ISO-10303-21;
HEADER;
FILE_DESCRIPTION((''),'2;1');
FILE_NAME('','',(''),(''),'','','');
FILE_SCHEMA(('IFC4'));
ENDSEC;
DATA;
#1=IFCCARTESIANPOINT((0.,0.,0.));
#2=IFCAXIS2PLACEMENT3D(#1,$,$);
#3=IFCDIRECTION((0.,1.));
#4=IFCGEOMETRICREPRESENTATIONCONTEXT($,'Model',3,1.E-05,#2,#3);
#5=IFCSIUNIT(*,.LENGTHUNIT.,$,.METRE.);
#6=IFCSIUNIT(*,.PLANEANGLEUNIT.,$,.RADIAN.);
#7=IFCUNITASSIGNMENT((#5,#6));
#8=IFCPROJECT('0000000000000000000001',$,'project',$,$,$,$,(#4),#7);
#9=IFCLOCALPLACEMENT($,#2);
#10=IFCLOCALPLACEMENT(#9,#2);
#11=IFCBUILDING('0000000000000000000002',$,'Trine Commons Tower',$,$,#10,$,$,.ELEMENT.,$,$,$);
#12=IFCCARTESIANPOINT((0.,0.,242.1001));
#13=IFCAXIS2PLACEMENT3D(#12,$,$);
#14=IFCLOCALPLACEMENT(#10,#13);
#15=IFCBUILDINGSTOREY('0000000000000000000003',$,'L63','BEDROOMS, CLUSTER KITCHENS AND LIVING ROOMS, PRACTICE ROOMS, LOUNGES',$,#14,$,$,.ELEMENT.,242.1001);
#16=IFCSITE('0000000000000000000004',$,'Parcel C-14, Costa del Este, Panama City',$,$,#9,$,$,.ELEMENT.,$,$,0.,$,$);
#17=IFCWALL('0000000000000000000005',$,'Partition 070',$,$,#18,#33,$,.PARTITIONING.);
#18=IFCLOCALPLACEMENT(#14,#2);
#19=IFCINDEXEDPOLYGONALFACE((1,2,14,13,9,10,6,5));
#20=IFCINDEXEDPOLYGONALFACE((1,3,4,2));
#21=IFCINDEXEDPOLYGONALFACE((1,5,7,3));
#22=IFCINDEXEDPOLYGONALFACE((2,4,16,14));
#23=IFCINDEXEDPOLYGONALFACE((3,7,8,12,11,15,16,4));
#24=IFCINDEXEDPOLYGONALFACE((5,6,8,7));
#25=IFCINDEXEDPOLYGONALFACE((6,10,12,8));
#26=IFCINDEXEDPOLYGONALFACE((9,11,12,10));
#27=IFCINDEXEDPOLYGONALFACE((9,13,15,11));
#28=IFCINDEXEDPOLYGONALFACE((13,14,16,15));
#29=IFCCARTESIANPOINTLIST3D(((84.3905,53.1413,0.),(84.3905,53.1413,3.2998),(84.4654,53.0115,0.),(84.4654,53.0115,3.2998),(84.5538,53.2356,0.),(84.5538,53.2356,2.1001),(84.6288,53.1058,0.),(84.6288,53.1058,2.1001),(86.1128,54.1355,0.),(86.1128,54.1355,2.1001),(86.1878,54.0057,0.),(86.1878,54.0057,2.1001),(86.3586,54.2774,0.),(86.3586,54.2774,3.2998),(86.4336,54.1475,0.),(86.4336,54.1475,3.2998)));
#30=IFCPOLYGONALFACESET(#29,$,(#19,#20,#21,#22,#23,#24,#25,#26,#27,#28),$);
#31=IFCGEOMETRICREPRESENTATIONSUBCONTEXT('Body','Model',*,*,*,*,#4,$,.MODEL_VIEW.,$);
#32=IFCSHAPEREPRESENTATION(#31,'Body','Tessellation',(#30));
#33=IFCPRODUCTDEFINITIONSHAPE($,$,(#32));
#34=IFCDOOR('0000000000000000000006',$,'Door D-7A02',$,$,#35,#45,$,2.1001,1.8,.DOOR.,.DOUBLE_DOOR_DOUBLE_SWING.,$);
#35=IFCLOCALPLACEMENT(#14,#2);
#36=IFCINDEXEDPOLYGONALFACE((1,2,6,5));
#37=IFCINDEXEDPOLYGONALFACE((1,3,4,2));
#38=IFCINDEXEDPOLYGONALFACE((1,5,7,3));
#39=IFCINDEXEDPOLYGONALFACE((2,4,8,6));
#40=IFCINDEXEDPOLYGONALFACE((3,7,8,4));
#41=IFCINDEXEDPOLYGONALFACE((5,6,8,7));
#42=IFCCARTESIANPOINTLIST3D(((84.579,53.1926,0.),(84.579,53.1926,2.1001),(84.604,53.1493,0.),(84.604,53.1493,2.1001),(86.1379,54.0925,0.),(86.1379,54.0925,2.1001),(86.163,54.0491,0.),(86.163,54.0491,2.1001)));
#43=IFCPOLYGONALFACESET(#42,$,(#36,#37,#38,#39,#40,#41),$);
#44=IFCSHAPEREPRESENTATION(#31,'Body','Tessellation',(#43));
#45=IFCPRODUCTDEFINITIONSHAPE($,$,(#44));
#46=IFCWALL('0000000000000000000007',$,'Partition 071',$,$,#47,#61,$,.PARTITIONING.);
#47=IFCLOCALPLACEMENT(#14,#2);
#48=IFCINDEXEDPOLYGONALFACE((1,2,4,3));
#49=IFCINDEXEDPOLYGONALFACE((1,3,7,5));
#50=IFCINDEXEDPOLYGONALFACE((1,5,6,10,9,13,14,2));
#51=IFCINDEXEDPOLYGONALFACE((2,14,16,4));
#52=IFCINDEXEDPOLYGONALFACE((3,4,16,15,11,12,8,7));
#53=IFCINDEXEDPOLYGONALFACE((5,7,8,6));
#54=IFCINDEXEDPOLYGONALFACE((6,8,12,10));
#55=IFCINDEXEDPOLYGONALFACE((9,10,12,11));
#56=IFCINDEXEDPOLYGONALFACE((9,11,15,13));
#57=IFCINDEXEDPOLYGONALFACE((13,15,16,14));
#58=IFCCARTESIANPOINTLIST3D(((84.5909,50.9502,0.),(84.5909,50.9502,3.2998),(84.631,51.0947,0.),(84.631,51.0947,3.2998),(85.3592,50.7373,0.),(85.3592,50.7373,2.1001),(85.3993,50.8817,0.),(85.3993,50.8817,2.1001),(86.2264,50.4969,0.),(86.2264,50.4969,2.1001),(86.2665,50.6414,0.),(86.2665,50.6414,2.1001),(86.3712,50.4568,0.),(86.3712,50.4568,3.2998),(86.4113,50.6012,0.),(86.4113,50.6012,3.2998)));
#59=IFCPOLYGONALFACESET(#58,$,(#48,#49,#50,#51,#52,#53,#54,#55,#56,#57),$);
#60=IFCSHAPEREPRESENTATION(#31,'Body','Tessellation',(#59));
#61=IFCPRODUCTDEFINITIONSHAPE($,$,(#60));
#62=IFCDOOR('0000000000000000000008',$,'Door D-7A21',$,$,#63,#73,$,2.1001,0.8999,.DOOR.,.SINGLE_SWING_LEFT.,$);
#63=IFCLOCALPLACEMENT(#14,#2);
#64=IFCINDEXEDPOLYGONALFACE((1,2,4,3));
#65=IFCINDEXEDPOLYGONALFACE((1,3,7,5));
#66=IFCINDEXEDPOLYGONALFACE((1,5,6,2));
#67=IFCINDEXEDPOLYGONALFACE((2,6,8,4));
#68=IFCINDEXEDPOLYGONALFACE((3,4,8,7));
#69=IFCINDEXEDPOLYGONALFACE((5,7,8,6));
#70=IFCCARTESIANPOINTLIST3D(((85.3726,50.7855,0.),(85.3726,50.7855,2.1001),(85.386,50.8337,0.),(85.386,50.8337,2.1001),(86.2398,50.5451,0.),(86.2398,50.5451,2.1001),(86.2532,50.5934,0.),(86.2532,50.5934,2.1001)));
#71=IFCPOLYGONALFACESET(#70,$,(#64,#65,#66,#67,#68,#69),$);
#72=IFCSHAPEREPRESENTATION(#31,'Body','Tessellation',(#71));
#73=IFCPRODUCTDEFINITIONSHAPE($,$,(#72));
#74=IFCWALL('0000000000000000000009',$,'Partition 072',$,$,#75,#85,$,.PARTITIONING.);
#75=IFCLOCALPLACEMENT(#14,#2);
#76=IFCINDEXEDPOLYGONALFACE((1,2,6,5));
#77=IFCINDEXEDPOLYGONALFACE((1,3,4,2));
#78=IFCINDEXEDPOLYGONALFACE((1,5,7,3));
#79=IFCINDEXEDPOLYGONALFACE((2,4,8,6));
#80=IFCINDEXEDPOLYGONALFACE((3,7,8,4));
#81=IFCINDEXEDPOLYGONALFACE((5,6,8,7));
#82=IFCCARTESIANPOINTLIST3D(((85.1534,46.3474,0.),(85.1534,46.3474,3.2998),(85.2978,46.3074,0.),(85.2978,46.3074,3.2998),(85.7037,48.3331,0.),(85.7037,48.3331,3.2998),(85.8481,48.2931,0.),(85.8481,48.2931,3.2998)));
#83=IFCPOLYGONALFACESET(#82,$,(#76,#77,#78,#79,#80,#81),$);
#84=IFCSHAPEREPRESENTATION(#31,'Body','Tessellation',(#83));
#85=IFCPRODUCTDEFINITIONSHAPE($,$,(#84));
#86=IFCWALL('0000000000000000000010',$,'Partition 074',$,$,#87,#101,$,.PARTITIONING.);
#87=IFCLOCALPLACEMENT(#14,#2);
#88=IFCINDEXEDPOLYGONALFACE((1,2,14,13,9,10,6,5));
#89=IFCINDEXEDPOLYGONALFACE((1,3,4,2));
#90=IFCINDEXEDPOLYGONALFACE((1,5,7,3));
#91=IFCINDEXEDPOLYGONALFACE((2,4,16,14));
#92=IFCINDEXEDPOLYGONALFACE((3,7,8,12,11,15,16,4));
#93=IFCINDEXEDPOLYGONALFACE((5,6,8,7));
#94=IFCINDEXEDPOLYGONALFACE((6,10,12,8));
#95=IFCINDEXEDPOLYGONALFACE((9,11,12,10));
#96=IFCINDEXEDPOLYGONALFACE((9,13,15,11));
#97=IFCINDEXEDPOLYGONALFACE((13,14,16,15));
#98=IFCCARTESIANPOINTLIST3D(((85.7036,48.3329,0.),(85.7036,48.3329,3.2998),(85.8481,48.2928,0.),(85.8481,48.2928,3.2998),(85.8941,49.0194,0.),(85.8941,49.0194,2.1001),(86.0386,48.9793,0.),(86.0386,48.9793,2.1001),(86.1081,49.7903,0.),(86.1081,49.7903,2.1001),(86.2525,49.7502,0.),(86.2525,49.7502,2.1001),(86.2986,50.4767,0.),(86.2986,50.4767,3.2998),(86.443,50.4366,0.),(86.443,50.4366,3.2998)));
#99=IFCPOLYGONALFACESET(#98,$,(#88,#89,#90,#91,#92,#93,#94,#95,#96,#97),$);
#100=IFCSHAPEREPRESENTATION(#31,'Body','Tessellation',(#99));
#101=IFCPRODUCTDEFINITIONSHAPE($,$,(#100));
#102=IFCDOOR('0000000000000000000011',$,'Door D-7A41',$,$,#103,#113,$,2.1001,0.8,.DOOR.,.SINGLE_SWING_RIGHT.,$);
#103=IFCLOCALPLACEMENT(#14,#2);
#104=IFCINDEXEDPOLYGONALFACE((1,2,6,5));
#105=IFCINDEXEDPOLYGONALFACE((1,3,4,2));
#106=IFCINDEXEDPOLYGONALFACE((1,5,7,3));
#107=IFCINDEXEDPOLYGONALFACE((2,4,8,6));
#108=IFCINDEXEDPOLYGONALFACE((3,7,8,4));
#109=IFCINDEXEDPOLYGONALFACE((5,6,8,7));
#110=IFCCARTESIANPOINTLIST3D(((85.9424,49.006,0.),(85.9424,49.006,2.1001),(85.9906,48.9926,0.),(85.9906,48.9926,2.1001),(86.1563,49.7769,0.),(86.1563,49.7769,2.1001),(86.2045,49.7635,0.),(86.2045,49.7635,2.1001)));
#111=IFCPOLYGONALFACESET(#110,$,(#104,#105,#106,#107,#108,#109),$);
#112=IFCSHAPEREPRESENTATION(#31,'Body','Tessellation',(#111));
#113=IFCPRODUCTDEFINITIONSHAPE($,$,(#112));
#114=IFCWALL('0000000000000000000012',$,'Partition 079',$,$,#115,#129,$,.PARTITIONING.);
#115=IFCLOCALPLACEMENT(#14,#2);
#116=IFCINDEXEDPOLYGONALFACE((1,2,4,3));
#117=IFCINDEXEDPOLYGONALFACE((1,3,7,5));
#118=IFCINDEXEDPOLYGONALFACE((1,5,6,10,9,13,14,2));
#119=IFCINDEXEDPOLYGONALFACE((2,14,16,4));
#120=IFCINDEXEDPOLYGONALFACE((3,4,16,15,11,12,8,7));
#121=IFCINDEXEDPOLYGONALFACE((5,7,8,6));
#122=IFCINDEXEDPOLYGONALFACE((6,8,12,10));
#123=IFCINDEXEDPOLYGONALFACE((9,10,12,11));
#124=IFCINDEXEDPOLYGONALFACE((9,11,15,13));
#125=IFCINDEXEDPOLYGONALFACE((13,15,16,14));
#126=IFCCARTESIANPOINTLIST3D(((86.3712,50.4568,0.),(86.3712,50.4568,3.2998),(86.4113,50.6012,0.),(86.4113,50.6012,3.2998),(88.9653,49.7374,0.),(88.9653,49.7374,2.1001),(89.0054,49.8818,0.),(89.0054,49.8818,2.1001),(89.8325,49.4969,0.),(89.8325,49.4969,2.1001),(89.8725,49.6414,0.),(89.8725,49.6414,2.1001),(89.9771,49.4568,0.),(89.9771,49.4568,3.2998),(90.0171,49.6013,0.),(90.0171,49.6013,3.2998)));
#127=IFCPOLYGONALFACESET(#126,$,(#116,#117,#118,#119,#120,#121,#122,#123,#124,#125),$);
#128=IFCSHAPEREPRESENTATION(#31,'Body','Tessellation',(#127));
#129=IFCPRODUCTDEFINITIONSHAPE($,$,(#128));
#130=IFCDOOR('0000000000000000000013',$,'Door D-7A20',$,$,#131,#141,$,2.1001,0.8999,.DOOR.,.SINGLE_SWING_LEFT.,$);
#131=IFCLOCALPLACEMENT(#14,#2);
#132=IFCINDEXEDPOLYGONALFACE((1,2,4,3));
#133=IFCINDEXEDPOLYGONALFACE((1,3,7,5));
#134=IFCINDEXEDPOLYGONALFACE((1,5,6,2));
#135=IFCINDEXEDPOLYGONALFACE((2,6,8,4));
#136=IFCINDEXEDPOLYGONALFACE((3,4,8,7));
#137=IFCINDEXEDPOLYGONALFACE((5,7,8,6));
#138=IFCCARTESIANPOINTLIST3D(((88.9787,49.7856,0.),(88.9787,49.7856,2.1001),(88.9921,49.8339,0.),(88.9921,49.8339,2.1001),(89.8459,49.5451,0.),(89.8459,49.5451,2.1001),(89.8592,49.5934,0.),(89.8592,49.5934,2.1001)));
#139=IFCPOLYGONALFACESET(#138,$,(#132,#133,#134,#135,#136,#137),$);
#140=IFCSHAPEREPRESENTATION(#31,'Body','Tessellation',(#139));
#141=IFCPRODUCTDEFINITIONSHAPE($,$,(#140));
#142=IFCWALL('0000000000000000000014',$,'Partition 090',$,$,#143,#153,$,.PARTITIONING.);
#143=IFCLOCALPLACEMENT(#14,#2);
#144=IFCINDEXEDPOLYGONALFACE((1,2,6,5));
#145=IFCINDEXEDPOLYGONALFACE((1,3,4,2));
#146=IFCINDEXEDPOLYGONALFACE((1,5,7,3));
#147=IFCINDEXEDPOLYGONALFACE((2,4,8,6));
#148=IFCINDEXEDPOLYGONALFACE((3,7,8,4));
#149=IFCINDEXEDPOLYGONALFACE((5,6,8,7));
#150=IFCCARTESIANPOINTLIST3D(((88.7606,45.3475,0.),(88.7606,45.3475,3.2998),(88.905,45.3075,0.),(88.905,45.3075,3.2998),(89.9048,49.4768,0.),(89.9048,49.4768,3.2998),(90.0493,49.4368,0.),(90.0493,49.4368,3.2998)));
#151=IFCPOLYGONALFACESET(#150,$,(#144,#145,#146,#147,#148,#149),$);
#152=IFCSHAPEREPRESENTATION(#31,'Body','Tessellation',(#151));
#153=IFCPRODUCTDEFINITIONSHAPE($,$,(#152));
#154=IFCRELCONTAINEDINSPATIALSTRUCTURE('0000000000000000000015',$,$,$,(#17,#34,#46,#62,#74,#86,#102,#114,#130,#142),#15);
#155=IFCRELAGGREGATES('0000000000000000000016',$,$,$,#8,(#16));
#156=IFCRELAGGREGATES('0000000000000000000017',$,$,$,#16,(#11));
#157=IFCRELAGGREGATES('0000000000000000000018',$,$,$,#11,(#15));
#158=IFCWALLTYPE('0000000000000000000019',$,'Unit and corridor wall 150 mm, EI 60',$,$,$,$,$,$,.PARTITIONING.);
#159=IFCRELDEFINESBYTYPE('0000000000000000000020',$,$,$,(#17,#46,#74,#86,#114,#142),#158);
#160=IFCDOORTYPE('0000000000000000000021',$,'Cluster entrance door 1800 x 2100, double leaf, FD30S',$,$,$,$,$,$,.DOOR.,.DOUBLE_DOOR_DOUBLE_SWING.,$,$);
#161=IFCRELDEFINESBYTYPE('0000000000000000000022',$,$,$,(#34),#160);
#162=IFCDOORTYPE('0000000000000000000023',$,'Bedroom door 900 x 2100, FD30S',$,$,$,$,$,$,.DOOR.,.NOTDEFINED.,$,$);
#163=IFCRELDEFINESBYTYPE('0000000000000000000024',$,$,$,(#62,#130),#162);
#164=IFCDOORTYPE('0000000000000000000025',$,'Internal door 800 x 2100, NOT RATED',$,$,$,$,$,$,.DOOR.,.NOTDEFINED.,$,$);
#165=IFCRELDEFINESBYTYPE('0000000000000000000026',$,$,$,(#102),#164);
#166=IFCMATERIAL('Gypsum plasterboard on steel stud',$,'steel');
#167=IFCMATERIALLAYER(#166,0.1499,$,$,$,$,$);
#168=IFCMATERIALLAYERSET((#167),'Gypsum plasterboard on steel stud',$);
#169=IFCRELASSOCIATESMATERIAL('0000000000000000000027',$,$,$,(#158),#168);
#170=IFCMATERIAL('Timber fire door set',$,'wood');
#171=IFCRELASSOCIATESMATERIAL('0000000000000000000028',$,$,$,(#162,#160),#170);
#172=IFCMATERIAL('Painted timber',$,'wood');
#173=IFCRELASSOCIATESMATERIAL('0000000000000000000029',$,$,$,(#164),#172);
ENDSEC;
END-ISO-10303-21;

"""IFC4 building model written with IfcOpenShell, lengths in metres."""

from ifc_helpers import new_model, si_unit, direction, frame, frame_2d, origin, place, context, subcontext, project, spatial, rectangle, extrude, material, layer, layer_set, type_object, element, fill, save


model = new_model("IFC4")

# Units and contexts
model_context = context("Model", 3, precision=1e-05, world=origin(), true_north=direction((0.0, 1.0)))
body_context = subcontext(model_context, "Body", "Model", "MODEL_VIEW")
ifc_project = project(units=[si_unit("LENGTHUNIT", "METRE"), si_unit("PLANEANGLEUNIT", "RADIAN")], contexts=[model_context])

# Site, building, storey
site_placement = place(None, origin())
site = spatial("IfcSite", under=ifc_project, at=site_placement, Name="Parcel C-14, Costa del Este, Panama City", CompositionType="ELEMENT", RefElevation=0.0)
building_placement = place(site_placement, origin())
building = spatial("IfcBuilding", under=site, at=building_placement, Name="Trine Commons Tower", CompositionType="ELEMENT")
storey_placement = place(building_placement, frame((0.0, 0.0, 242.1001)))
storey = spatial("IfcBuildingStorey", under=building, at=storey_placement, Name="L63", Description="BEDROOMS, CLUSTER KITCHENS AND LIVING ROOMS, PRACTICE ROOMS, LOUNGES", CompositionType="ELEMENT", Elevation=242.1001)

# Shared definitions
ifc_material_1 = material(Name="Gypsum plasterboard on steel stud", Category="steel")
ifc_layer_1 = layer(ifc_material_1, 0.1499)
ifc_layer_set_1 = layer_set([ifc_layer_1], Name="Gypsum plasterboard on steel stud")
wall_type_1 = type_object("IfcWallType", Name="Unit and corridor wall 150 mm, EI 60", PredefinedType="PARTITIONING", material=ifc_layer_set_1)
ifc_material_2 = material(Name="Timber fire door set", Category="wood")
door_type_1 = type_object("IfcDoorType", Name="Bedroom door 900 x 2100, FD30S", OperationType="NOTDEFINED", PredefinedType="DOOR", material=ifc_material_2)

# Shared definitions
ifc_material_3 = material(Name="Painted timber", Category="wood")
door_type_2 = type_object("IfcDoorType", Name="Internal door 800 x 2100, NOT RATED", OperationType="NOTDEFINED", PredefinedType="DOOR", material=ifc_material_3)

# Walls, openings, doors
wall_1_placement = place(storey_placement, frame((84.428, 53.0764, 0.0), z_axis=(0.0, 0.0, 1.0), x_axis=(0.866073, 0.499918, 0.0)))
wall_1 = element("IfcWall", 1, at=wall_1_placement, inside=storey, type_object=wall_type_1, Name="Partition 070", PredefinedType="PARTITIONING", context=body_context, shape_type="SweptSolid", body=[
    extrude(rectangle(XDim=2.2725, YDim=0.1499, at=frame_2d((1.1362, 0.0))), origin(), (0.0, 0.0, 1.0), 3.2998),
])
opening_1_placement = place(wall_1_placement, frame((0.1887, 0.0, 0.0)))
opening_1 = element("IfcOpeningElement", 2, at=opening_1_placement, cuts=wall_1, PredefinedType="OPENING", context=body_context, shape_type="SweptSolid", body=[
    extrude(rectangle(XDim=1.8, YDim=2.1001, at=frame_2d((0.8999, 1.05))), frame((0.0, 0.085, 0.0), z_axis=(0.0, -1.0, 0.0), x_axis=(1.0, 0.0, 0.0)), (0.0, 0.0, 1.0), 0.1699),
])
door_type_3 = type_object("IfcDoorType", Name="Cluster entrance door 1800 x 2100, double leaf, FD30S", OperationType="DOUBLE_DOOR_DOUBLE_SWING", PredefinedType="DOOR", material=ifc_material_2)
door_1_placement = place(opening_1_placement, frame((1.8, 0.0, 0.0), z_axis=(0.0, 0.0, 1.0), x_axis=(-1.0, 0.0, 0.0)))
door_1 = element("IfcDoor", 3, at=door_1_placement, inside=storey, type_object=door_type_3, Name="Door D-7A02", OperationType="DOUBLE_DOOR_DOUBLE_SWING", OverallHeight=2.1001, OverallWidth=1.8, PredefinedType="DOOR", context=body_context, shape_type="SweptSolid", body=[
    extrude(rectangle(XDim=1.8, YDim=2.1001, at=frame_2d((0.8999, 1.05))), frame((0.0, 0.0249, 0.0), z_axis=(0.0, -1.0, 0.0), x_axis=(1.0, 0.0, 0.0)), (0.0, 0.0, 1.0), 0.05),
])
fill(opening_1, door_1)
wall_2_placement = place(storey_placement, frame((84.6108, 51.0225, 0.0), z_axis=(0.0, 0.0, 1.0), x_axis=(0.963673, -0.267085, 0.0)))
wall_2 = element("IfcWall", 4, at=wall_2_placement, inside=storey, type_object=wall_type_1, Name="Partition 071", PredefinedType="PARTITIONING", context=body_context, shape_type="SweptSolid", body=[
    extrude(rectangle(XDim=1.8474, YDim=0.1499, at=frame_2d((0.9238, 0.0))), origin(), (0.0, 0.0, 1.0), 3.2998),
])
opening_2_placement = place(wall_2_placement, frame((0.7974, 0.0, 0.0)))
opening_2 = element("IfcOpeningElement", 5, at=opening_2_placement, cuts=wall_2, PredefinedType="OPENING", context=body_context, shape_type="SweptSolid", body=[
    extrude(rectangle(XDim=0.8999, YDim=2.1001, at=frame_2d((0.45, 1.05))), frame((0.0, 0.085, 0.0), z_axis=(0.0, -1.0, 0.0), x_axis=(1.0, 0.0, 0.0)), (0.0, 0.0, 1.0), 0.1699),
])
door_2_placement = place(opening_2_placement, frame((0.8999, 0.0, 0.0), z_axis=(0.0, 0.0, 1.0), x_axis=(-1.0, 0.0, 0.0)))
door_2 = element("IfcDoor", 6, at=door_2_placement, inside=storey, type_object=door_type_1, Name="Door D-7A21", OperationType="SINGLE_SWING_LEFT", OverallHeight=2.1001, OverallWidth=0.8999, PredefinedType="DOOR", context=body_context, shape_type="SweptSolid", body=[
    extrude(rectangle(XDim=0.8999, YDim=2.1001, at=frame_2d((0.45, 1.05))), frame((0.0, 0.0249, 0.0), z_axis=(0.0, -1.0, 0.0), x_axis=(1.0, 0.0, 0.0)), (0.0, 0.0, 1.0), 0.05),
])
fill(opening_2, door_2)

# Wall
wall_3_placement = place(storey_placement, frame((85.2256, 46.3274, 0.0), z_axis=(0.0, 0.0, 1.0), x_axis=(0.267075, 0.963676, 0.0)))
element("IfcWall", 7, at=wall_3_placement, inside=storey, type_object=wall_type_1, Name="Partition 072", PredefinedType="PARTITIONING", context=body_context, shape_type="SweptSolid", body=[
    extrude(rectangle(XDim=2.0605, YDim=0.1499, at=frame_2d((1.0303, 0.0))), origin(), (0.0, 0.0, 1.0), 3.2998),
])

# Walls, openings, doors
wall_4_placement = place(storey_placement, frame((85.7759, 48.313, 0.0), z_axis=(0.0, 0.0, 1.0), x_axis=(0.267423, 0.963579, 0.0)))
wall_4 = element("IfcWall", 8, at=wall_4_placement, inside=storey, type_object=wall_type_1, Name="Partition 074", PredefinedType="PARTITIONING", context=body_context, shape_type="SweptSolid", body=[
    extrude(rectangle(XDim=2.2249, YDim=0.1499, at=frame_2d((1.1123, 0.0))), origin(), (0.0, 0.0, 1.0), 3.2998),
])
opening_3_placement = place(wall_4_placement, frame((0.7124, 0.0, 0.0)))
opening_3 = element("IfcOpeningElement", 9, at=opening_3_placement, cuts=wall_4, PredefinedType="OPENING", context=body_context, shape_type="SweptSolid", body=[
    extrude(rectangle(XDim=0.8, YDim=2.1001, at=frame_2d((0.3999, 1.05))), frame((0.0, 0.085, 0.0), z_axis=(0.0, -1.0, 0.0), x_axis=(1.0, 0.0, 0.0)), (0.0, 0.0, 1.0), 0.1699),
])
door_3_placement = place(opening_3_placement, origin())
door_3 = element("IfcDoor", 10, at=door_3_placement, inside=storey, type_object=door_type_2, Name="Door D-7A41", OperationType="SINGLE_SWING_RIGHT", OverallHeight=2.1001, OverallWidth=0.8, PredefinedType="DOOR", context=body_context, shape_type="SweptSolid", body=[
    extrude(rectangle(XDim=0.8, YDim=2.1001, at=frame_2d((0.3999, 1.05))), frame((0.0, 0.0249, 0.0), z_axis=(0.0, -1.0, 0.0), x_axis=(1.0, 0.0, 0.0)), (0.0, 0.0, 1.0), 0.05),
])
fill(opening_3, door_3)
wall_5_placement = place(storey_placement, frame((86.3911, 50.5291, 0.0), z_axis=(0.0, 0.0, 1.0), x_axis=(0.963632, -0.267233, 0.0)))
wall_5 = element("IfcWall", 11, at=wall_5_placement, inside=storey, type_object=wall_type_1, Name="Partition 079", PredefinedType="PARTITIONING", context=body_context, shape_type="SweptSolid", body=[
    extrude(rectangle(XDim=3.7419, YDim=0.1499, at=frame_2d((1.8711, 0.0))), origin(), (0.0, 0.0, 1.0), 3.2998),
])
opening_4_placement = place(wall_5_placement, frame((2.6921, 0.0, 0.0)))
opening_4 = element("IfcOpeningElement", 12, at=opening_4_placement, cuts=wall_5, PredefinedType="OPENING", context=body_context, shape_type="SweptSolid", body=[
    extrude(rectangle(XDim=0.8999, YDim=2.1001, at=frame_2d((0.45, 1.05))), frame((0.0, 0.085, 0.0), z_axis=(0.0, -1.0, 0.0), x_axis=(1.0, 0.0, 0.0)), (0.0, 0.0, 1.0), 0.1699),
])
door_4_placement = place(opening_4_placement, frame((0.8999, 0.0, 0.0), z_axis=(0.0, 0.0, 1.0), x_axis=(-1.0, 0.0, 0.0)))
door_4 = element("IfcDoor", 13, at=door_4_placement, inside=storey, type_object=door_type_1, Name="Door D-7A20", OperationType="SINGLE_SWING_LEFT", OverallHeight=2.1001, OverallWidth=0.8999, PredefinedType="DOOR", context=body_context, shape_type="SweptSolid", body=[
    extrude(rectangle(XDim=0.8999, YDim=2.1001, at=frame_2d((0.45, 1.05))), frame((0.0, 0.0249, 0.0), z_axis=(0.0, -1.0, 0.0), x_axis=(1.0, 0.0, 0.0)), (0.0, 0.0, 1.0), 0.05),
])
fill(opening_4, door_4)

# Wall
wall_6_placement = place(storey_placement, frame((88.8328, 45.3274, 0.0), z_axis=(0.0, 0.0, 1.0), x_axis=(0.267044, 0.963684, 0.0)))
element("IfcWall", 14, at=wall_6_placement, inside=storey, type_object=wall_type_1, Name="Partition 090", PredefinedType="PARTITIONING", context=body_context, shape_type="SweptSolid", body=[
    extrude(rectangle(XDim=4.2849, YDim=0.1499, at=frame_2d((2.1426, 0.0))), origin(), (0.0, 0.0, 1.0), 3.2998),
])

save(model, "model.ifc")
